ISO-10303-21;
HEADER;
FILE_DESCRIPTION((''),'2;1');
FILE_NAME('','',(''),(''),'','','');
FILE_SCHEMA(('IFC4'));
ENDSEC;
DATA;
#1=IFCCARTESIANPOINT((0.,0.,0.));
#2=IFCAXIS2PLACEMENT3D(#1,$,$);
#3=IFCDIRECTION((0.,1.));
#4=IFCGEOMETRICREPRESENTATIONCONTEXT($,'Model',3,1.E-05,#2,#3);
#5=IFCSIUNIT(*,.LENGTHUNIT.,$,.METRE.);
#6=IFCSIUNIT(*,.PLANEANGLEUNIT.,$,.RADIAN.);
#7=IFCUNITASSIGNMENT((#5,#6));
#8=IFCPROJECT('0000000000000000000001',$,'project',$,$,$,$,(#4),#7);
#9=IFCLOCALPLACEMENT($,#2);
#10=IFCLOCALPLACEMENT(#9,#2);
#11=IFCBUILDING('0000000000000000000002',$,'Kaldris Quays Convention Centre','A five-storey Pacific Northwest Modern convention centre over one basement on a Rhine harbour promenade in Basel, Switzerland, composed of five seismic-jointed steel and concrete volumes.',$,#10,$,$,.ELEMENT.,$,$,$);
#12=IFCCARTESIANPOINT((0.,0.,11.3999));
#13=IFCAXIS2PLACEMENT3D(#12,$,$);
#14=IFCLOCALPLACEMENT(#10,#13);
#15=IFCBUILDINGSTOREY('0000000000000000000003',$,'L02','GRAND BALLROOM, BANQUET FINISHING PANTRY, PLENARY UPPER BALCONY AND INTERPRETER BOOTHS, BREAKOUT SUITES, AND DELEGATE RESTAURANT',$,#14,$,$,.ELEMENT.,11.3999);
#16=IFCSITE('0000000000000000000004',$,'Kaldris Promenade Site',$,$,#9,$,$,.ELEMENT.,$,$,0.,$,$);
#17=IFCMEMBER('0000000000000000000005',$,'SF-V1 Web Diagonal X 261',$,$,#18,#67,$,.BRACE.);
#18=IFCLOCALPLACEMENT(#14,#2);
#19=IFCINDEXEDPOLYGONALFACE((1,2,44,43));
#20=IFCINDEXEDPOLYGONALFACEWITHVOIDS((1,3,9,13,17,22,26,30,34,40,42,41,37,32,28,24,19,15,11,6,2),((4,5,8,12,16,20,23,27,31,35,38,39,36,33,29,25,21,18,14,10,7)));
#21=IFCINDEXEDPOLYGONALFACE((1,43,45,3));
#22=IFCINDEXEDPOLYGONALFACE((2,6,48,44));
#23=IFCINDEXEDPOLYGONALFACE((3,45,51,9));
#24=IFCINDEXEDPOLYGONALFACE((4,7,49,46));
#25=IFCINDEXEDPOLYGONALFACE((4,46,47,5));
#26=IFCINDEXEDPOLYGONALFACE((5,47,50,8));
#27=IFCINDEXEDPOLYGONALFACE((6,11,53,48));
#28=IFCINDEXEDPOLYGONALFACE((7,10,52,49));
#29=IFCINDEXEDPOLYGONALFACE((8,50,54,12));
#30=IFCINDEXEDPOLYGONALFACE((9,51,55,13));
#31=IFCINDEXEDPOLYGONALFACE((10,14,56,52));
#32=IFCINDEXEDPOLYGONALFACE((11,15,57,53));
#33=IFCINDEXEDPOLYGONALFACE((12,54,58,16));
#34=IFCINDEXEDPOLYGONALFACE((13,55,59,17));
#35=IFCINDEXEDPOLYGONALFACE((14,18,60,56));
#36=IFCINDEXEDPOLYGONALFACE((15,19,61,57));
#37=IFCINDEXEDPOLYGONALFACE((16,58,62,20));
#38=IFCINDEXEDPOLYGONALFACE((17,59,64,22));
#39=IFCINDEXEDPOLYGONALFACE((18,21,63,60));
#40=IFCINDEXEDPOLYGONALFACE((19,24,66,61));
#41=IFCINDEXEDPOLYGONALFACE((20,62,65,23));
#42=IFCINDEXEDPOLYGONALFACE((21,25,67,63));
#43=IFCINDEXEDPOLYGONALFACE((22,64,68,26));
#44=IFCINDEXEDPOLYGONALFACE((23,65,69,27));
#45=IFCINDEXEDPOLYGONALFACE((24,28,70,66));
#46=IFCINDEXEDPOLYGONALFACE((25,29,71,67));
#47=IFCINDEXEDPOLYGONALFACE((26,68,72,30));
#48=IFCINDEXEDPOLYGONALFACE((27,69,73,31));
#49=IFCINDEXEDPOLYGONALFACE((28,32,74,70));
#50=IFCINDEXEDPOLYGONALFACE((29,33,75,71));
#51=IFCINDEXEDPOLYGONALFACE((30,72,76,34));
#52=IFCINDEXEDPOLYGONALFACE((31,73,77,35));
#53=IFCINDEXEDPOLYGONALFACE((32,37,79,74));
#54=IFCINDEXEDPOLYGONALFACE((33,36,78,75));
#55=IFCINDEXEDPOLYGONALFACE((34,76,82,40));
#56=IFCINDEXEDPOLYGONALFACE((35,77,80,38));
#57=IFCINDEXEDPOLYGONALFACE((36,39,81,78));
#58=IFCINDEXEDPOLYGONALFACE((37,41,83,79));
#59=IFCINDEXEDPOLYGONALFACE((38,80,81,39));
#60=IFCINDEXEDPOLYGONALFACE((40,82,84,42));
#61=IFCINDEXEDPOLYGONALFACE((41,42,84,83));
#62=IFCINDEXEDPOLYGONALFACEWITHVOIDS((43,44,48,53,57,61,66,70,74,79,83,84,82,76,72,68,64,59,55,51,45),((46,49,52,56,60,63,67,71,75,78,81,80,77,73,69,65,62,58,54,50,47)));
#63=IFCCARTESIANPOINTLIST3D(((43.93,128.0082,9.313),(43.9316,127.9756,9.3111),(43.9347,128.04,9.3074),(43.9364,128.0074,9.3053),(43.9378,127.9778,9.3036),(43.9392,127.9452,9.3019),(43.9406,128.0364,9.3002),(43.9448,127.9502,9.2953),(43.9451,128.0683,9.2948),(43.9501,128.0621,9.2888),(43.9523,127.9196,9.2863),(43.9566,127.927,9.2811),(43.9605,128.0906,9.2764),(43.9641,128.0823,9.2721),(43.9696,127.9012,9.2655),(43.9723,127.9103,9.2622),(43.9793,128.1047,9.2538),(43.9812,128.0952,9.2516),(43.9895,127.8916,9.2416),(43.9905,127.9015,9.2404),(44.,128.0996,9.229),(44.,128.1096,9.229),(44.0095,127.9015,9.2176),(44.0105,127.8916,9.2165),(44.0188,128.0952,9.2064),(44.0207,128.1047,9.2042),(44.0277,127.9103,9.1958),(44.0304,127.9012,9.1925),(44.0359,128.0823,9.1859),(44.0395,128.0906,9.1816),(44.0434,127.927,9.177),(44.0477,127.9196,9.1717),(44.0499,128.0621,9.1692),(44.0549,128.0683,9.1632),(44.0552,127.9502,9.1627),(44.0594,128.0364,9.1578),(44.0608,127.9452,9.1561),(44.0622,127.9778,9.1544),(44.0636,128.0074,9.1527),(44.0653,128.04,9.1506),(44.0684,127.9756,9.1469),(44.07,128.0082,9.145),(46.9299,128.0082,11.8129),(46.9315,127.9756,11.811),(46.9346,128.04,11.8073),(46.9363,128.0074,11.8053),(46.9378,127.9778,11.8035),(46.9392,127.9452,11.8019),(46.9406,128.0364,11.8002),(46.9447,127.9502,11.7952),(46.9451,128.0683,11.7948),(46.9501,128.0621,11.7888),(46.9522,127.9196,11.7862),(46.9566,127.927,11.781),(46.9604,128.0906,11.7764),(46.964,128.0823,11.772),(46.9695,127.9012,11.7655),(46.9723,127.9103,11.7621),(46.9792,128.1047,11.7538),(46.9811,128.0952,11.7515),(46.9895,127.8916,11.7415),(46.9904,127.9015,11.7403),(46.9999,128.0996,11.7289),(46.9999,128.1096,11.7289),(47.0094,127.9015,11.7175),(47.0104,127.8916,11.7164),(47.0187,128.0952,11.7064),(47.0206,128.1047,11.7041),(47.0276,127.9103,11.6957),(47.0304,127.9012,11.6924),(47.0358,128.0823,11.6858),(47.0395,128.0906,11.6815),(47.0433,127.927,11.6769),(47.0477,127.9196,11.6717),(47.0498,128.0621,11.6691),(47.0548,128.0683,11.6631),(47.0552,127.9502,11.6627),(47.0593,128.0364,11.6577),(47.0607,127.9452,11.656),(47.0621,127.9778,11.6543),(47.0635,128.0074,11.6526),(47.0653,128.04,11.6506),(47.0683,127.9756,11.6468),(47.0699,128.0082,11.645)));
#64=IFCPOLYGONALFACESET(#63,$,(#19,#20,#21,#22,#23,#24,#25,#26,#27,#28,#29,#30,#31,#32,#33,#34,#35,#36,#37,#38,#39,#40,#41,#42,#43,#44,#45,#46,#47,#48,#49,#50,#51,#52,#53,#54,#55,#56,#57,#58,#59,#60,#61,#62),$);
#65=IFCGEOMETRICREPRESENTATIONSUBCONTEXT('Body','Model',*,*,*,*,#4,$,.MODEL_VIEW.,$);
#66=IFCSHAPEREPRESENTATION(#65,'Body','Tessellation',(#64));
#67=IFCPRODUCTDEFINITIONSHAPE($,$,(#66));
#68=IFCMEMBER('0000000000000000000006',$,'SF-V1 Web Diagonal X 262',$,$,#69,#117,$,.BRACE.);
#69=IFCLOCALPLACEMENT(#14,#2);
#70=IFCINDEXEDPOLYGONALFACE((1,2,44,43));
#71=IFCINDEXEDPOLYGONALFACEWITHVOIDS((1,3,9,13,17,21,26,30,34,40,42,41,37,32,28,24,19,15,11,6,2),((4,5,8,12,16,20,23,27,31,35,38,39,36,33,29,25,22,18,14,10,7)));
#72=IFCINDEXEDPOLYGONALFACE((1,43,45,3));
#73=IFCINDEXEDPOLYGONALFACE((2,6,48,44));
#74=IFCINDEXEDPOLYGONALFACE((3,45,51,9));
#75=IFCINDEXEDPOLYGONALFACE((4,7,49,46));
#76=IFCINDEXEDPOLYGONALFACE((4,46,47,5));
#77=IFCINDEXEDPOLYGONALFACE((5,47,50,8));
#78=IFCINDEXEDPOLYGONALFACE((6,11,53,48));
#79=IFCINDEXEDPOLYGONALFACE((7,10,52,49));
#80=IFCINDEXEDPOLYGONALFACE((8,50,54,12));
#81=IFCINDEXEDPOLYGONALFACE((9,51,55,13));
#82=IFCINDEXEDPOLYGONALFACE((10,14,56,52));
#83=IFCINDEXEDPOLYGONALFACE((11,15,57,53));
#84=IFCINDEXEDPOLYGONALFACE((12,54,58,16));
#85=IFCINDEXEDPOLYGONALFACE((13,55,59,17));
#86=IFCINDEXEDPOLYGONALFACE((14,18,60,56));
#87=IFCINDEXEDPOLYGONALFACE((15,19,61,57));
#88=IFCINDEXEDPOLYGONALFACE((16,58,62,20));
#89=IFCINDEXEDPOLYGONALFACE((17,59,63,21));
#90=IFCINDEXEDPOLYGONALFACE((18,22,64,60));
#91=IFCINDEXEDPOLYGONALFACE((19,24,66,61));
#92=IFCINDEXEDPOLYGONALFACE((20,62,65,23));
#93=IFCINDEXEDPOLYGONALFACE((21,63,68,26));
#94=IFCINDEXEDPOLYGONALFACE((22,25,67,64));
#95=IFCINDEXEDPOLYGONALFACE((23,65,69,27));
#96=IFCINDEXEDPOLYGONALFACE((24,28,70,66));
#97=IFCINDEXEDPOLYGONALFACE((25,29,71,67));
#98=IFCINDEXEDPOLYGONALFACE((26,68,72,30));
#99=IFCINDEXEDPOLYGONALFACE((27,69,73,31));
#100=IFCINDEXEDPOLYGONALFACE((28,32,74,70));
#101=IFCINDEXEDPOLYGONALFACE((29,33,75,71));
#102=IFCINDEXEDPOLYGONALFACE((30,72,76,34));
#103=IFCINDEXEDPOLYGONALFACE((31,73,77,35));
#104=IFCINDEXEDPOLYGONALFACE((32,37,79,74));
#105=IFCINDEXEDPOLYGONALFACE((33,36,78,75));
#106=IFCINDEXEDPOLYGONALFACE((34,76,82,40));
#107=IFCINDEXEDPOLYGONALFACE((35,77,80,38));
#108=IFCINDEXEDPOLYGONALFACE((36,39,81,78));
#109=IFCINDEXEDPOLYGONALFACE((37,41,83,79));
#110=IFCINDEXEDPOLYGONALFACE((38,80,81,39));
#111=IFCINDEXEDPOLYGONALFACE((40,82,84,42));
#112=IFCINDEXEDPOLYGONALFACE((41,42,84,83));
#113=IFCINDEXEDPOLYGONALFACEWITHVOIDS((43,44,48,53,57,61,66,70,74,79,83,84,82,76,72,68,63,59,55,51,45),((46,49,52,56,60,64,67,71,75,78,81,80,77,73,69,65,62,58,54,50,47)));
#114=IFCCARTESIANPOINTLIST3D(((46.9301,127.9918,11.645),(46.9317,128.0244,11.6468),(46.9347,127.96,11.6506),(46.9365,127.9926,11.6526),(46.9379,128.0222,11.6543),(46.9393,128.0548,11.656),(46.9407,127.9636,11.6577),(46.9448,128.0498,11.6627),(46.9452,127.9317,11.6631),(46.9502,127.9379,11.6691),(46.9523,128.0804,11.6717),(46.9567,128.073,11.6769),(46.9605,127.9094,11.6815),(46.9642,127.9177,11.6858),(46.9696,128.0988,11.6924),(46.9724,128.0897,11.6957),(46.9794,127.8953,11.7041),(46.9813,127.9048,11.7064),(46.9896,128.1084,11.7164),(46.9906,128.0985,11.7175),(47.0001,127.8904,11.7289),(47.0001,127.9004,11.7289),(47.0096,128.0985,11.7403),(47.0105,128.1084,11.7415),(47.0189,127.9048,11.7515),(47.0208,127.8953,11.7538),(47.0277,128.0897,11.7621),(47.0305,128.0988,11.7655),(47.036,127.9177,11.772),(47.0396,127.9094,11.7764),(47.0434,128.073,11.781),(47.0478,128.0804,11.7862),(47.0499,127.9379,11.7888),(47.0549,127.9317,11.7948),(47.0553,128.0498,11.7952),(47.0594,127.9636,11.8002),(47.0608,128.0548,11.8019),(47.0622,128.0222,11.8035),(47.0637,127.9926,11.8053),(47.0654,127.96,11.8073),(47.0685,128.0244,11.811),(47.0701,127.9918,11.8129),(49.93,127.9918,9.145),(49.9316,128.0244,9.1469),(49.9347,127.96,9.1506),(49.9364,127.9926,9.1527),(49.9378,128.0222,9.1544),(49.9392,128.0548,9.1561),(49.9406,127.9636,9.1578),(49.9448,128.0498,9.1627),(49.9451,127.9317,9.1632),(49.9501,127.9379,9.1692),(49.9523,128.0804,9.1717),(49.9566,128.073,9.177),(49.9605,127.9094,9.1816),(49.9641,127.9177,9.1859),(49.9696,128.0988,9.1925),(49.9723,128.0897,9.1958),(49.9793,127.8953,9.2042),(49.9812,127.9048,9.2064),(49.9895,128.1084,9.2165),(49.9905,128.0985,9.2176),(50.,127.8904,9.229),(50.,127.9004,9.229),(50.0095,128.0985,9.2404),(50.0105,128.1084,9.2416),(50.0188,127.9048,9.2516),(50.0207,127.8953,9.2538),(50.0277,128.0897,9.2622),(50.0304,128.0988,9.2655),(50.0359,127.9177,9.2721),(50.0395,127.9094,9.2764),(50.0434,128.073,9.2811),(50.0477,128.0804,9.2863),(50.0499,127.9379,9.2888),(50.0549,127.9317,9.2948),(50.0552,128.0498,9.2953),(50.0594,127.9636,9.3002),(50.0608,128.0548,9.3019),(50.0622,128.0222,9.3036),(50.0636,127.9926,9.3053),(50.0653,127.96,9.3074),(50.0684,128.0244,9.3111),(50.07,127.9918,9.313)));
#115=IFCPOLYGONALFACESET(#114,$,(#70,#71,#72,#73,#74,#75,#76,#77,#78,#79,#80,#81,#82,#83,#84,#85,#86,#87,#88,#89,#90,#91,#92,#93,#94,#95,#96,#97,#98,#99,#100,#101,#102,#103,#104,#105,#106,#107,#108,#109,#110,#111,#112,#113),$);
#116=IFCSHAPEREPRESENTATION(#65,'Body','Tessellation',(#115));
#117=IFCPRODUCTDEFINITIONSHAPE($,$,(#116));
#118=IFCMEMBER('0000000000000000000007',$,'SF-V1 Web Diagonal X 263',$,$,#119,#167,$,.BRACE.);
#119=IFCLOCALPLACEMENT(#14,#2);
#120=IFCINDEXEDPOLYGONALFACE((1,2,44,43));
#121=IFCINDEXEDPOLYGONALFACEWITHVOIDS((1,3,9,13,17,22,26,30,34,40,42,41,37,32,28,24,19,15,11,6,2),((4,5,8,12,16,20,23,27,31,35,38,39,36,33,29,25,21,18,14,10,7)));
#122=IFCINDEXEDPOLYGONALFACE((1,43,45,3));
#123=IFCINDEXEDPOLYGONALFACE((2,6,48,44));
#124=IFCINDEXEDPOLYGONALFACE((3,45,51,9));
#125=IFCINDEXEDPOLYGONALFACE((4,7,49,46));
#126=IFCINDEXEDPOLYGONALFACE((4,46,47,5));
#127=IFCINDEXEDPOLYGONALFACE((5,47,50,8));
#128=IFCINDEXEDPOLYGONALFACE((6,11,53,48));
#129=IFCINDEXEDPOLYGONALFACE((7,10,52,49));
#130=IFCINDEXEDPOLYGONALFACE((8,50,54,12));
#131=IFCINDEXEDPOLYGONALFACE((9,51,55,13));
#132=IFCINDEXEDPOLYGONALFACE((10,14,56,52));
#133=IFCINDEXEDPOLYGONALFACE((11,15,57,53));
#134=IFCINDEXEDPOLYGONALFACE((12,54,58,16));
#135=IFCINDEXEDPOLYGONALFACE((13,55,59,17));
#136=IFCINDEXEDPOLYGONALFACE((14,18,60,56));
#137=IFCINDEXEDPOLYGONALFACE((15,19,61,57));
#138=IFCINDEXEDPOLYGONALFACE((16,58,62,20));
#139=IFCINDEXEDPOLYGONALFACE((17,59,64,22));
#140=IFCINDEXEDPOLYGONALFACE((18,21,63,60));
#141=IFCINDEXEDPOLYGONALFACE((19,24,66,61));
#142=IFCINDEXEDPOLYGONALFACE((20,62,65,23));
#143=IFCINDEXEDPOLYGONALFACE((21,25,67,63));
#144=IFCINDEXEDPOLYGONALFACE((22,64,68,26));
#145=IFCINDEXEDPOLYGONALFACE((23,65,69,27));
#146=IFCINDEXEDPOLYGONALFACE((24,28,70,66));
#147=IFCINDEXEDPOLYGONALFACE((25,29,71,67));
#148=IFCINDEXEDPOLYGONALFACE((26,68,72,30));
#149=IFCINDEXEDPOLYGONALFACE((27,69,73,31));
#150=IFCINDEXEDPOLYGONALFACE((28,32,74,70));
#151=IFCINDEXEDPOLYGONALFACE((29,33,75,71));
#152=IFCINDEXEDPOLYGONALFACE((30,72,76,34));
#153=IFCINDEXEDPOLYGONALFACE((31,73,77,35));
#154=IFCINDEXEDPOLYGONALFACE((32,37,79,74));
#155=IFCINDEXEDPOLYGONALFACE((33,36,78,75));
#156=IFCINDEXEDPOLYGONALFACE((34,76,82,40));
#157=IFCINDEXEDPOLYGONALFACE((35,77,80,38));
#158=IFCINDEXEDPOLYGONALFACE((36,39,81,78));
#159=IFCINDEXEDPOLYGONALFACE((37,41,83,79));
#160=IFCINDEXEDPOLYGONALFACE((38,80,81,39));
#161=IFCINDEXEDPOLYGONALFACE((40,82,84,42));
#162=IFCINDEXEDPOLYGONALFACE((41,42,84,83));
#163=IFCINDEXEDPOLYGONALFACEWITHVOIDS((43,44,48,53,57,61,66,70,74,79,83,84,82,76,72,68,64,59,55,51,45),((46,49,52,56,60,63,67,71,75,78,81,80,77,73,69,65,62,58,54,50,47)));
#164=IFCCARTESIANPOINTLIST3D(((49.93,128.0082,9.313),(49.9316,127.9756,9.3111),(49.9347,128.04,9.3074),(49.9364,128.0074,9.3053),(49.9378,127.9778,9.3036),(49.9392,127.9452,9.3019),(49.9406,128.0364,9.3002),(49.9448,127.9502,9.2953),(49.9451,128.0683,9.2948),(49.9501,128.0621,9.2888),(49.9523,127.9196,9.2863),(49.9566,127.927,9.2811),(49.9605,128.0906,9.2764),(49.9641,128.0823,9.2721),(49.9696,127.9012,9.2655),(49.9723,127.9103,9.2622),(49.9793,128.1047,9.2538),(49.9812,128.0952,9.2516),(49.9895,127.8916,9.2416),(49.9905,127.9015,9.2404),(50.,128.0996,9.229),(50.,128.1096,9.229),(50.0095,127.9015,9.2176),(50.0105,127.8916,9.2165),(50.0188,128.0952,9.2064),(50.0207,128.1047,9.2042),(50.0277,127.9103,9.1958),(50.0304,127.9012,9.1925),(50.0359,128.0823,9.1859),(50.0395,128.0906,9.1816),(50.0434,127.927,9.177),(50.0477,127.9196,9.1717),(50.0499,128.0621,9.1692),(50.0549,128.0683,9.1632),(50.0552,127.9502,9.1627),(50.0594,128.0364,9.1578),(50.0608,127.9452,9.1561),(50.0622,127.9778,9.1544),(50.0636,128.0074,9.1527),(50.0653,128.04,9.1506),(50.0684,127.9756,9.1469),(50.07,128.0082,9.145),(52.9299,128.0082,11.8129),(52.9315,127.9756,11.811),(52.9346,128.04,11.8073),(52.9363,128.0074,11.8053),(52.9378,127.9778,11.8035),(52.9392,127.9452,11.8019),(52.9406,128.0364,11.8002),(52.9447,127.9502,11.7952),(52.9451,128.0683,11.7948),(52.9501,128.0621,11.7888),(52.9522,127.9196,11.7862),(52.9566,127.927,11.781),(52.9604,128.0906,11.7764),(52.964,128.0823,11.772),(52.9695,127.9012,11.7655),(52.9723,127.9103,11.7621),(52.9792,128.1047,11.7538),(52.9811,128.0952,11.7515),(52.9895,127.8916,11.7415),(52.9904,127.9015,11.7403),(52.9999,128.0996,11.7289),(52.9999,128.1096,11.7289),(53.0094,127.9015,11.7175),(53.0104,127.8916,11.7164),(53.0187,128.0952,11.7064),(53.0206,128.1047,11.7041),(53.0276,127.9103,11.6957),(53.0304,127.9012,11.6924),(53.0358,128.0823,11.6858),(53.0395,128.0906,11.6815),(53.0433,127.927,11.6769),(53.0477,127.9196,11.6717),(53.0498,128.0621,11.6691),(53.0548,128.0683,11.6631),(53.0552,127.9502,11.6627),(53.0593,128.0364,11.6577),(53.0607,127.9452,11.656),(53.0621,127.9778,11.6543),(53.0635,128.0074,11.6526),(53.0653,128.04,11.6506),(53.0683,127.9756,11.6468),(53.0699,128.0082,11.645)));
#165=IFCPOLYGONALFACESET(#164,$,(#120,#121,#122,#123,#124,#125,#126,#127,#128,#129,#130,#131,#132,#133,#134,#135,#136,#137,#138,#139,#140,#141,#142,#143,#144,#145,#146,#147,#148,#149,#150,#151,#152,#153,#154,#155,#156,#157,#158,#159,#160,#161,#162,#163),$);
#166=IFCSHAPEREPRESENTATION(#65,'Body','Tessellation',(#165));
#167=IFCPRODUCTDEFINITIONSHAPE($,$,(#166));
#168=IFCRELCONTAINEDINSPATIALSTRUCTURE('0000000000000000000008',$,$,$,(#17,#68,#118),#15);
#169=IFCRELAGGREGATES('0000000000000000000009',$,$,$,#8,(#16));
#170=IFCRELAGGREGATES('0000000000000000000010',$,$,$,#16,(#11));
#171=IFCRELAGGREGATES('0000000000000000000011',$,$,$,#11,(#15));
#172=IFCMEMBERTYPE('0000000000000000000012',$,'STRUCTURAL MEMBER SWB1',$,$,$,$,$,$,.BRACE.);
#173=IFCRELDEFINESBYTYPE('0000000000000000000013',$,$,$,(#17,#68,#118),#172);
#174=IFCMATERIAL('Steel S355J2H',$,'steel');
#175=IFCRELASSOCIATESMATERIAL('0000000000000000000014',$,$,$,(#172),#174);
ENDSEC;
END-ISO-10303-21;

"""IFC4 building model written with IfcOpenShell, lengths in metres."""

from ifc_helpers import new_model, si_unit, direction, frame, origin, origin_2d, place, context, subcontext, project, spatial, hollow_circle, extrude, material, material_profile, profile_set, type_object, element, save


model = new_model("IFC4")

# Units and contexts
model_context = context("Model", 3, precision=1e-05, world=origin(), true_north=direction((0.0, 1.0)))
body_context = subcontext(model_context, "Body", "Model", "MODEL_VIEW")
ifc_project = project(units=[si_unit("LENGTHUNIT", "METRE"), si_unit("PLANEANGLEUNIT", "RADIAN")], contexts=[model_context])

# Site, building, storey
site_placement = place(None, origin())
site = spatial("IfcSite", under=ifc_project, at=site_placement, Name="Kaldris Promenade Site", CompositionType="ELEMENT", RefElevation=0.0)
building_placement = place(site_placement, origin())
building = spatial("IfcBuilding", under=site, at=building_placement, Name="Kaldris Quays Convention Centre", Description="A five-storey Pacific Northwest Modern convention centre over one basement on a Rhine harbour promenade in Basel, Switzerland, composed of five seismic-jointed steel and concrete volumes.", CompositionType="ELEMENT")
storey_placement = place(building_placement, frame((0.0, 0.0, 11.3999)))
storey = spatial("IfcBuildingStorey", under=building, at=storey_placement, Name="L02", Description="GRAND BALLROOM, BANQUET FINISHING PANTRY, PLENARY UPPER BALCONY AND INTERPRETER BOOTHS, BREAKOUT SUITES, AND DELEGATE RESTAURANT", CompositionType="ELEMENT", Elevation=11.3999)

# Members
ifc_material = material(Name="Steel S355J2H", Category="steel")
ifc_material_profile_1 = material_profile(ifc_material, hollow_circle(Radius=0.1096, WallThickness=0.01, at=origin_2d()), Name="CHS 219.1x10")
ifc_profile_set_1 = profile_set([ifc_material_profile_1], Name="Steel S355J2H")
member_type_1 = type_object("IfcMemberType", Name="STRUCTURAL MEMBER SWB1", PredefinedType="BRACE", material=ifc_profile_set_1)
for number, where, z_axis, x_axis, name in (
    (1, (44.0, 128.0, 9.229), (0.768221, 0.0, 0.640184), (0.0, 1.0, 0.0), "SF-V1 Web Diagonal X 261"),
    (2, (50.0, 128.0, 9.229), (-0.768221, 0.0, 0.640184), (0.0, -1.0, 0.0), "SF-V1 Web Diagonal X 262"),
    (3, (50.0, 128.0, 9.229), (0.768221, 0.0, 0.640184), (0.0, 1.0, 0.0), "SF-V1 Web Diagonal X 263"),
):
    element("IfcMember", number, at=place(storey_placement, frame(where, z_axis=z_axis, x_axis=x_axis)), inside=storey, type_object=member_type_1, Name=name, PredefinedType="BRACE", context=body_context, shape_type="SweptSolid", body=[
        extrude(hollow_circle(Radius=0.1096, WallThickness=0.01, at=origin_2d()), origin(), (0.0, 0.0, 1.0), 3.905),
    ])

save(model, "model.ifc")
